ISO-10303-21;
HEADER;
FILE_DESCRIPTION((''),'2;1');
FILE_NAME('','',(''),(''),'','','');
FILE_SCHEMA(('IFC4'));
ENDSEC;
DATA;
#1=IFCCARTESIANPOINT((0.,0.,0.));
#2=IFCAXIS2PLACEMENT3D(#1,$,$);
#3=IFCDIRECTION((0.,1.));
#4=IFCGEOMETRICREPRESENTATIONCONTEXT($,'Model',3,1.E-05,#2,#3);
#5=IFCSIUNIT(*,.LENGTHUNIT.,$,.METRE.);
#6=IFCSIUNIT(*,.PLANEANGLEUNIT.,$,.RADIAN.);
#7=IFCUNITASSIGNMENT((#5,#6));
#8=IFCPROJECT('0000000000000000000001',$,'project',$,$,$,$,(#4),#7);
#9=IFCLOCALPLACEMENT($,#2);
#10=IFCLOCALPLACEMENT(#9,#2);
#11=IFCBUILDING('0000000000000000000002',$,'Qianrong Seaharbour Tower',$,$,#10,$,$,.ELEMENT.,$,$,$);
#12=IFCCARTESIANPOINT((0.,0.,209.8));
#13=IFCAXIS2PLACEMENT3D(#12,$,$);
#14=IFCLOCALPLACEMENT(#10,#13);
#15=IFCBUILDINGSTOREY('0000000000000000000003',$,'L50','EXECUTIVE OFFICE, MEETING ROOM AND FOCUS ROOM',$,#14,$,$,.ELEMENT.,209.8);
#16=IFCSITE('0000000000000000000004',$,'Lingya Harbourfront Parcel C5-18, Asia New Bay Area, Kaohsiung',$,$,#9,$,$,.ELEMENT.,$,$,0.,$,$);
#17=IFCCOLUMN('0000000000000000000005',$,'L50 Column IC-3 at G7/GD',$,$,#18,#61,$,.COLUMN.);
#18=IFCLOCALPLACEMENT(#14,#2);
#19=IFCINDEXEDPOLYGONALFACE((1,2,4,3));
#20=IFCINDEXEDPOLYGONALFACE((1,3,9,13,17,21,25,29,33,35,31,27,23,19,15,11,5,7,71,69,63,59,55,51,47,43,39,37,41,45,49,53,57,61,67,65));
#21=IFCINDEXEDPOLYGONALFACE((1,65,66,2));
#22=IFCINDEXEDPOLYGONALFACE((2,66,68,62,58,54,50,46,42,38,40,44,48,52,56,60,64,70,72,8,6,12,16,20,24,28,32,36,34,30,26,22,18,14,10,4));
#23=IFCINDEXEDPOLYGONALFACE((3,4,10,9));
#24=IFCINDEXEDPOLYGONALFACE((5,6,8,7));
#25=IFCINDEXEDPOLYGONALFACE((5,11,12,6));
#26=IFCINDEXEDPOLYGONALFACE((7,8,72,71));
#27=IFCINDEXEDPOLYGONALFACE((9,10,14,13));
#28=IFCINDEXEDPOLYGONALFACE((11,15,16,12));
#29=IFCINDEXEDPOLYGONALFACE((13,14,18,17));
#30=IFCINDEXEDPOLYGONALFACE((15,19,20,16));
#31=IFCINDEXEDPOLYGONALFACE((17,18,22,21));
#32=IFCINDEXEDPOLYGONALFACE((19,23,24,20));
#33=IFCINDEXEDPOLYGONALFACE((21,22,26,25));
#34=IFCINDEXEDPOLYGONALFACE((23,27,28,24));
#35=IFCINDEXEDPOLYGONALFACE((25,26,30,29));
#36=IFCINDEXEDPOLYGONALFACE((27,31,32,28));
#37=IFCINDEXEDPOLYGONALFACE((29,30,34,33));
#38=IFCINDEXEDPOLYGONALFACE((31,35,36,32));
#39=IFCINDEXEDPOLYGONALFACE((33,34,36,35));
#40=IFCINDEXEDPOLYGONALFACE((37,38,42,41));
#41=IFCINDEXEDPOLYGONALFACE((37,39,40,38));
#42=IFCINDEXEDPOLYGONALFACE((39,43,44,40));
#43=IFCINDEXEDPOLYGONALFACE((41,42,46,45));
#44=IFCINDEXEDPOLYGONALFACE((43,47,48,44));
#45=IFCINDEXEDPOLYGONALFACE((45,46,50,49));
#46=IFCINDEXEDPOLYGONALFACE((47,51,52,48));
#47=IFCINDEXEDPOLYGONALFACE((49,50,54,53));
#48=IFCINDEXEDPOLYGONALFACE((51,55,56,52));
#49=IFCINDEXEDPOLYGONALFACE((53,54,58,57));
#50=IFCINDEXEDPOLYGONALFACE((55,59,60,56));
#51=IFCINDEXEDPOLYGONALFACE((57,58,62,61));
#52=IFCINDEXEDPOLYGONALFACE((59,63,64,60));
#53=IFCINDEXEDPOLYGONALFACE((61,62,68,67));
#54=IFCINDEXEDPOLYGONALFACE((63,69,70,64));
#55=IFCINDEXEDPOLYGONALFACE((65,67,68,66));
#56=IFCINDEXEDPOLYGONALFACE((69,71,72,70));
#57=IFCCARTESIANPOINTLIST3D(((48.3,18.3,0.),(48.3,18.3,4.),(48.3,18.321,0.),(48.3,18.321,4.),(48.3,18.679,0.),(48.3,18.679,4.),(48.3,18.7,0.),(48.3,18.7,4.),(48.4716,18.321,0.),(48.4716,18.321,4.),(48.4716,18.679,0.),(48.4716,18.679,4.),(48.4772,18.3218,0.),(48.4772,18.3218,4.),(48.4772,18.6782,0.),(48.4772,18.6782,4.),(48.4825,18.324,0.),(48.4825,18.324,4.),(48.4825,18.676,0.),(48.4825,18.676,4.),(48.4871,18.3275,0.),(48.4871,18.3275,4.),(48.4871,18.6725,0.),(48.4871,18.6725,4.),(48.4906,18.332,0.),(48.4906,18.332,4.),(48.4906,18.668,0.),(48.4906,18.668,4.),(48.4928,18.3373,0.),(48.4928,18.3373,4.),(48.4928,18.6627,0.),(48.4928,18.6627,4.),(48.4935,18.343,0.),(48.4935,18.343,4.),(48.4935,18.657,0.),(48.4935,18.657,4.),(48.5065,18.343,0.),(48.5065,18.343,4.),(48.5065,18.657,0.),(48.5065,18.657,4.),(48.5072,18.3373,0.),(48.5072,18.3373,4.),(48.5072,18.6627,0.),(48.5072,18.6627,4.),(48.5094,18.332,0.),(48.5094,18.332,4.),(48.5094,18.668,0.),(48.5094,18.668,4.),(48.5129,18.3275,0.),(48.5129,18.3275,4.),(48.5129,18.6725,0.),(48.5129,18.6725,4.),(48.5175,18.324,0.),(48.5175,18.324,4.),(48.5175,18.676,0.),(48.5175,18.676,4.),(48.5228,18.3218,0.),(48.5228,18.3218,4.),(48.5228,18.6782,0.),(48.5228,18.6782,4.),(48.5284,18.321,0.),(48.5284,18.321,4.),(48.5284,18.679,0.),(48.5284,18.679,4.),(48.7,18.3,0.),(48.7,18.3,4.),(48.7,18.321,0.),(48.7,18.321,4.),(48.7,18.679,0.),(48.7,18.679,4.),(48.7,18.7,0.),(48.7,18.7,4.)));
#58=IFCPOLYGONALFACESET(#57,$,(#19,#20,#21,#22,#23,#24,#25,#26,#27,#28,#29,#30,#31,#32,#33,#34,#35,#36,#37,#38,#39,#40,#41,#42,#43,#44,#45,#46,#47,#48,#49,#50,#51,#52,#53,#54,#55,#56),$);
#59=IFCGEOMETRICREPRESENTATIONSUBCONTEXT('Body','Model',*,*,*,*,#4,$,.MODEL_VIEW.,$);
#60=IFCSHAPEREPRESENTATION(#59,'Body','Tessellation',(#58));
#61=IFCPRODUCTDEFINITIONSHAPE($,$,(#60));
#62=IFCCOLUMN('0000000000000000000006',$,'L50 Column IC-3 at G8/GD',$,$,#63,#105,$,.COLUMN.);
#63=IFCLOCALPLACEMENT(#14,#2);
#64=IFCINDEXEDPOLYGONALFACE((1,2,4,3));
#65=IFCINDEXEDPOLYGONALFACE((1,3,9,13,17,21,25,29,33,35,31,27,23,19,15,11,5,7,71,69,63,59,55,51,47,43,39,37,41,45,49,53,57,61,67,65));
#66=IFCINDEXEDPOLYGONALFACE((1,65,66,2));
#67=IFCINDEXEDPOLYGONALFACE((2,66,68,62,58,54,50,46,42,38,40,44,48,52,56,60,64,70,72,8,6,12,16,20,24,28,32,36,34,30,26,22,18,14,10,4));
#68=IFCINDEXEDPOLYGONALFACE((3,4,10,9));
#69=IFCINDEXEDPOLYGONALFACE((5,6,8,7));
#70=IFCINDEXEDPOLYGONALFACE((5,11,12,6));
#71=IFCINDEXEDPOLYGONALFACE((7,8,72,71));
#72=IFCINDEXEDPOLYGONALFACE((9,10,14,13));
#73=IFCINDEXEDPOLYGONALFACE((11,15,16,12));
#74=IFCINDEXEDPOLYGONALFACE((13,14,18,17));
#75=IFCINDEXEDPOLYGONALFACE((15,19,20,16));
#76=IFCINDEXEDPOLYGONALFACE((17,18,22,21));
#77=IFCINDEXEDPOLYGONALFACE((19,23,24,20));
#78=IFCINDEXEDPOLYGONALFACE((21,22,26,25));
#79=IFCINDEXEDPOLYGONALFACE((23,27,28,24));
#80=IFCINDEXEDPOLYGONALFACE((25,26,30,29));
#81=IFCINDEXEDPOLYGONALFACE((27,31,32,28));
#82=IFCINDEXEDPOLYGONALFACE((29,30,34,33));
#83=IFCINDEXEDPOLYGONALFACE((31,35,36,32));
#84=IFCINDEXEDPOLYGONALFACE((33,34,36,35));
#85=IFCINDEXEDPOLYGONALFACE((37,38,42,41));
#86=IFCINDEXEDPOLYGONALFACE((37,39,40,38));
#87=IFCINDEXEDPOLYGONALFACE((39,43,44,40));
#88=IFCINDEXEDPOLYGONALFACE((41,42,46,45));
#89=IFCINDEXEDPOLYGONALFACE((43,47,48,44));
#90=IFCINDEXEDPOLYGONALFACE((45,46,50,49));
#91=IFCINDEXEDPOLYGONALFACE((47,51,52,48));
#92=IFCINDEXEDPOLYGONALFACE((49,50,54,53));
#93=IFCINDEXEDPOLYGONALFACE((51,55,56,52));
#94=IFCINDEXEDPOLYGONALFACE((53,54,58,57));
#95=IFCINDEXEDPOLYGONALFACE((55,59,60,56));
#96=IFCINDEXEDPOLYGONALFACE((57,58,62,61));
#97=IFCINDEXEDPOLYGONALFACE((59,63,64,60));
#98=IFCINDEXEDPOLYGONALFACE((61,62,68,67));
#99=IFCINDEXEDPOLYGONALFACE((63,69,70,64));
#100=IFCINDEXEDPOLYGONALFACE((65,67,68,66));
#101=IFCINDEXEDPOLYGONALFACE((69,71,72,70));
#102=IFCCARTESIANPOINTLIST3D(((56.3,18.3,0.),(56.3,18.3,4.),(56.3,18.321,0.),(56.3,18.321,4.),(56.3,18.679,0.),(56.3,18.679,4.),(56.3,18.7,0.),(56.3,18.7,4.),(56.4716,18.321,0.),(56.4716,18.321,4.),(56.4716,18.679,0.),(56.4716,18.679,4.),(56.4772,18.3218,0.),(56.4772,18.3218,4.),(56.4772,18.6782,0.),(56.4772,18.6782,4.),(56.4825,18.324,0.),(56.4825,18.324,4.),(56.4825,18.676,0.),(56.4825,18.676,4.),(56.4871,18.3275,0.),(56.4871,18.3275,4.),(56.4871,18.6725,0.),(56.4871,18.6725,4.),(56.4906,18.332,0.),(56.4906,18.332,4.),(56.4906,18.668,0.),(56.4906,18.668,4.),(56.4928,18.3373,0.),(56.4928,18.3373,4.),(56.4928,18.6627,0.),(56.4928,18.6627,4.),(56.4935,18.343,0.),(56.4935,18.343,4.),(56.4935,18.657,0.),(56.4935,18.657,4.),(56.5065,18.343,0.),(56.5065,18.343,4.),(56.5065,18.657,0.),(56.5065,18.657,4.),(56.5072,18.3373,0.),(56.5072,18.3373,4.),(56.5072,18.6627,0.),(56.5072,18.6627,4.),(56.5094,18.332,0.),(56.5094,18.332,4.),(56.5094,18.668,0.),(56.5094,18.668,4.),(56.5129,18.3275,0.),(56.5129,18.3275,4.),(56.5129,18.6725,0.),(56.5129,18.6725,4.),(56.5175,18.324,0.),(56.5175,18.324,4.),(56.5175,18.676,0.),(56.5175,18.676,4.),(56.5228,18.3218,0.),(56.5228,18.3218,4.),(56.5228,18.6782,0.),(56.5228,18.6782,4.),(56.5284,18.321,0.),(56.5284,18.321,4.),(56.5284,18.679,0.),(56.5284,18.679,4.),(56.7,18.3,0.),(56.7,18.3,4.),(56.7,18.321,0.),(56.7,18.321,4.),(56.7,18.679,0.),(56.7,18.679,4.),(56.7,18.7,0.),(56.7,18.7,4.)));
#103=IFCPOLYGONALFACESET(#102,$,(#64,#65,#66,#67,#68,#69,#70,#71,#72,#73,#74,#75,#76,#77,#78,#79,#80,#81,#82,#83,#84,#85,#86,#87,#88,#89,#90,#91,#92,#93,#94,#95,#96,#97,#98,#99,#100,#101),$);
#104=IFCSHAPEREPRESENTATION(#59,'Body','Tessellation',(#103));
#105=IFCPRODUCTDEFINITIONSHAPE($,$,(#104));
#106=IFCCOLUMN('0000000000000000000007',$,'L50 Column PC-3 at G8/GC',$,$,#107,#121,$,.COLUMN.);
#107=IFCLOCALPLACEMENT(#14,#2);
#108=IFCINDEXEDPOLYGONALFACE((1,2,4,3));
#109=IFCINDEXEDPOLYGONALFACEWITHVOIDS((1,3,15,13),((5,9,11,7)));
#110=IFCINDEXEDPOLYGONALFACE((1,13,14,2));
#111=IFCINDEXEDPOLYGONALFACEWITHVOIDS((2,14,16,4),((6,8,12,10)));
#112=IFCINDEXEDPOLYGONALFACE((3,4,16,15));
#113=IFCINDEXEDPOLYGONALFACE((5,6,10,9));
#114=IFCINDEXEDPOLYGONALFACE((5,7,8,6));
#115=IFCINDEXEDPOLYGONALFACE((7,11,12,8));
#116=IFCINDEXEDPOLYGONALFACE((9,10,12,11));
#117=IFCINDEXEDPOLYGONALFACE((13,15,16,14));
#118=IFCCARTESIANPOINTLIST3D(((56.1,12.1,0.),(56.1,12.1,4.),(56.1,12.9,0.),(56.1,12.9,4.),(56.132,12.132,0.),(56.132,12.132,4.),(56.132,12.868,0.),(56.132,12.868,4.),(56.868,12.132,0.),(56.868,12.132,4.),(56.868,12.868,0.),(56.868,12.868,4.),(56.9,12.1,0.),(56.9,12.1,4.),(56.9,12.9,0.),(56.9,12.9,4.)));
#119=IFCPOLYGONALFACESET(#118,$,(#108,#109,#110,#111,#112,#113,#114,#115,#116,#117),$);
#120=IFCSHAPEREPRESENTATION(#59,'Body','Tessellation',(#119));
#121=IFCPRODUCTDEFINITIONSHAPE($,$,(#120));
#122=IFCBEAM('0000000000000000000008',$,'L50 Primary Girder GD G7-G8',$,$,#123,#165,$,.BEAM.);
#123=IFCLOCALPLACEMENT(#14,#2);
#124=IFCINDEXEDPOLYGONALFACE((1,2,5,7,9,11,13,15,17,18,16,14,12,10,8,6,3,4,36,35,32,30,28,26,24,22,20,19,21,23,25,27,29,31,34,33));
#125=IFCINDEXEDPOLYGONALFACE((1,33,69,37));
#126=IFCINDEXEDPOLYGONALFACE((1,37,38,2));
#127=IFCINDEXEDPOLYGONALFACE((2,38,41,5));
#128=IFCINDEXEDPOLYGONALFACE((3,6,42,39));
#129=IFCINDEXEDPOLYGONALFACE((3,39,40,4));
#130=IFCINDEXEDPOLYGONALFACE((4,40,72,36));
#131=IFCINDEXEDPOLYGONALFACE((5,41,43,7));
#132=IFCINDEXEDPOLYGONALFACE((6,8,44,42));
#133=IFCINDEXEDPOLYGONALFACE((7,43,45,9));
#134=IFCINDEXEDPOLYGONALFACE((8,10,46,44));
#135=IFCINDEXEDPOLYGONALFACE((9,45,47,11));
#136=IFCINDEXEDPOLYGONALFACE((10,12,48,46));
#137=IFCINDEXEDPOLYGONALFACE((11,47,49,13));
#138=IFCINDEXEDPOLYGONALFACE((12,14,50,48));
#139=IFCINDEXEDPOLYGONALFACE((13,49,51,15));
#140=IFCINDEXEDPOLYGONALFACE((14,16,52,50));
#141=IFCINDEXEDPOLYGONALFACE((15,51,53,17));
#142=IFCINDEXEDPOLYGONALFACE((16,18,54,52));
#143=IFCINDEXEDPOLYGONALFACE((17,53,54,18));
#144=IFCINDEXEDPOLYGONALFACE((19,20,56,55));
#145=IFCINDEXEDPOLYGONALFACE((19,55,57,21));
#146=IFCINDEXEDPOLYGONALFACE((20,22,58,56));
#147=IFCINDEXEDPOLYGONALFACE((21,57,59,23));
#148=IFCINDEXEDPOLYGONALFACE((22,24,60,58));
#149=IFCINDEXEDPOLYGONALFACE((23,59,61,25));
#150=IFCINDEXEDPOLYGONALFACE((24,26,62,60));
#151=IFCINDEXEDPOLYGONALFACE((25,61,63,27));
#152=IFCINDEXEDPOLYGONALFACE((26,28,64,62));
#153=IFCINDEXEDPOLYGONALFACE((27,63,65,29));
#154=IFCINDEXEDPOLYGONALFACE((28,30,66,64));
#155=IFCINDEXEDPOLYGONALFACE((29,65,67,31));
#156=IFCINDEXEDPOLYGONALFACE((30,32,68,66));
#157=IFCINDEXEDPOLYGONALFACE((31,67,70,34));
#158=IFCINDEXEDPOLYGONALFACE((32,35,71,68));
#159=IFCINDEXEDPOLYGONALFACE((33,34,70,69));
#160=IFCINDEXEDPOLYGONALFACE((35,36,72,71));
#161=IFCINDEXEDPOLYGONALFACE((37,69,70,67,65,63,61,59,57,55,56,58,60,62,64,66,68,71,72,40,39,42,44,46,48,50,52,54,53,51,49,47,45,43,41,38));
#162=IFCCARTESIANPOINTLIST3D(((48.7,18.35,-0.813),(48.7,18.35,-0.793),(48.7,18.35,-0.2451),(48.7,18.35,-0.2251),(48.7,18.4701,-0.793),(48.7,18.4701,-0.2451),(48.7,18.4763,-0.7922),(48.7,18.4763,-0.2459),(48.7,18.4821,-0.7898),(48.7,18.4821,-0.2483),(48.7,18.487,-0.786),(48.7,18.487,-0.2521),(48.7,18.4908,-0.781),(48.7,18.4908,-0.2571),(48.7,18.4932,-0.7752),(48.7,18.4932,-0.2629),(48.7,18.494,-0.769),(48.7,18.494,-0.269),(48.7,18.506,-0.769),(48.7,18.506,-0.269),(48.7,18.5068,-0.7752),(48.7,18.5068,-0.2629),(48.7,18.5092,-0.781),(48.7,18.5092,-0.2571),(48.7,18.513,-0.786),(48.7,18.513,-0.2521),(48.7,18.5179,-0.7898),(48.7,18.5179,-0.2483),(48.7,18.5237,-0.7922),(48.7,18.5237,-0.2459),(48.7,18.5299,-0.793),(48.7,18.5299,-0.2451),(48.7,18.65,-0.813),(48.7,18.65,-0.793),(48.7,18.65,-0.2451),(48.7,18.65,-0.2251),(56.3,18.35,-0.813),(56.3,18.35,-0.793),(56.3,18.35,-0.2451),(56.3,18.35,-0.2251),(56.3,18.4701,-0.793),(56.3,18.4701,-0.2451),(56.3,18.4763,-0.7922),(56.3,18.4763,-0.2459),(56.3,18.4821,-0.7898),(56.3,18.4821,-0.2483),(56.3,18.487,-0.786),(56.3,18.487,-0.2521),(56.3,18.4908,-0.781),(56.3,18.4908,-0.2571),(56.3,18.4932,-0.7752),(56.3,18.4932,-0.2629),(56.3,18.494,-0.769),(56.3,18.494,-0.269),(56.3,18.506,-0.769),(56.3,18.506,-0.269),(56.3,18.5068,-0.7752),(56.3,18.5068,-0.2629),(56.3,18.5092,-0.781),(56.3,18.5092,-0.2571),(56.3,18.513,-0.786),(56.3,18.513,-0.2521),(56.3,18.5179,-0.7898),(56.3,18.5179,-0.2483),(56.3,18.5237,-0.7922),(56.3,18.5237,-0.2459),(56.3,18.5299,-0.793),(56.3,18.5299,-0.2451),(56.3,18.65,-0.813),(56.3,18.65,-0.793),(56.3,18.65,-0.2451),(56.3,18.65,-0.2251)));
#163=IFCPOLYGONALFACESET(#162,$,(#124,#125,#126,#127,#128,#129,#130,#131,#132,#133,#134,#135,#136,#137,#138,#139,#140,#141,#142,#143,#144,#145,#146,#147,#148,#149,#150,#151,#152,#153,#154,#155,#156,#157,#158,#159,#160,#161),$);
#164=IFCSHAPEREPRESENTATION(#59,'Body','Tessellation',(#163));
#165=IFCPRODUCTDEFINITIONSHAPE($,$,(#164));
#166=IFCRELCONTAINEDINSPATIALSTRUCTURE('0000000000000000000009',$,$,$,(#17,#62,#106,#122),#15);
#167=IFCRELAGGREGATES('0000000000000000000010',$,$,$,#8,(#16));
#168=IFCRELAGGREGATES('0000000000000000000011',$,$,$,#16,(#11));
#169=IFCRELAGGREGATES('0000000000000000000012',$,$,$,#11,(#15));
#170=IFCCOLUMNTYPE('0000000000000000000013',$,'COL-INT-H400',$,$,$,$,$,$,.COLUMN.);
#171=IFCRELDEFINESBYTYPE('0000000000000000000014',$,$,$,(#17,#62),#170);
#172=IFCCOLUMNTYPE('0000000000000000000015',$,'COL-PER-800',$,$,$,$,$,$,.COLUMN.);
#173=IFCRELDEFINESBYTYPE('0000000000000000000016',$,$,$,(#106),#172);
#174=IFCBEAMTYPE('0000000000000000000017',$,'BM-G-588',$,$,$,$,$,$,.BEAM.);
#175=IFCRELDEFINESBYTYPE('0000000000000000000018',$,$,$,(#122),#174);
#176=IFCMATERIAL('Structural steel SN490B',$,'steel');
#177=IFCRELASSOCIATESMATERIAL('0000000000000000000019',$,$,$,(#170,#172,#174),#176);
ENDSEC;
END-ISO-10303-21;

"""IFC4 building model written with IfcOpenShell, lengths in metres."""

from ifc_helpers import new_model, si_unit, direction, frame, origin, origin_2d, place, context, subcontext, project, spatial, hollow_rectangle, i_section, extrude, material, material_profile, profile_set, type_object, element, save


model = new_model("IFC4")

# Units and contexts
model_context = context("Model", 3, precision=1e-05, world=origin(), true_north=direction((0.0, 1.0)))
body_context = subcontext(model_context, "Body", "Model", "MODEL_VIEW")
ifc_project = project(units=[si_unit("LENGTHUNIT", "METRE"), si_unit("PLANEANGLEUNIT", "RADIAN")], contexts=[model_context])

# Site, building, storey
site_placement = place(None, origin())
site = spatial("IfcSite", under=ifc_project, at=site_placement, Name="Lingya Harbourfront Parcel C5-18, Asia New Bay Area, Kaohsiung", CompositionType="ELEMENT", RefElevation=0.0)
building_placement = place(site_placement, origin())
building = spatial("IfcBuilding", under=site, at=building_placement, Name="Qianrong Seaharbour Tower", CompositionType="ELEMENT")
storey_placement = place(building_placement, frame((0.0, 0.0, 209.8)))
storey = spatial("IfcBuildingStorey", under=building, at=storey_placement, Name="L50", Description="EXECUTIVE OFFICE, MEETING ROOM AND FOCUS ROOM", CompositionType="ELEMENT", Elevation=209.8)

# Columns
ifc_material_1 = material(Name="Structural steel SN490B", Category="steel")
ifc_material_profile_1 = material_profile(ifc_material_1, i_section(OverallWidth=0.3999, OverallDepth=0.3999, WebThickness=0.0129, FlangeThickness=0.021, FilletRadius=0.022, at=origin_2d()), Name="H400x400x13x21")
ifc_profile_set_1 = profile_set([ifc_material_profile_1], Name="Structural steel SN490B")
column_type_1 = type_object("IfcColumnType", Name="COL-INT-H400", PredefinedType="COLUMN", material=ifc_profile_set_1)
for number, where, z_axis, x_axis, name in (
    (1, (48.5, 18.5, 0.0), (0.0, 0.0, 1.0), (1.0, 0.0, 0.0), "L50 Column IC-3 at G7/GD"),
    (2, (56.5, 18.5, 0.0), (0.0, 0.0, 1.0), (1.0, 0.0, 0.0), "L50 Column IC-3 at G8/GD"),
):
    element("IfcColumn", number, at=place(storey_placement, frame(where, z_axis=z_axis, x_axis=x_axis)), inside=storey, type_object=column_type_1, Name=name, PredefinedType="COLUMN", context=body_context, shape_type="SweptSolid", body=[
        extrude(i_section(OverallWidth=0.3999, OverallDepth=0.3999, WebThickness=0.0129, FlangeThickness=0.021, FilletRadius=0.022, at=origin_2d()), origin(), (0.0, 0.0, 1.0), 4.0),
    ])
ifc_material_profile_2 = material_profile(ifc_material_1, hollow_rectangle(XDim=0.8, YDim=0.8, WallThickness=0.032, at=origin_2d()), Name="BOX800x800x32")
ifc_profile_set_2 = profile_set([ifc_material_profile_2], Name="Structural steel SN490B")
column_type_2 = type_object("IfcColumnType", Name="COL-PER-800", PredefinedType="COLUMN", material=ifc_profile_set_2)
column_placement = place(storey_placement, frame((56.5, 12.5, 0.0), z_axis=(0.0, 0.0, 1.0), x_axis=(1.0, 0.0, 0.0)))
element("IfcColumn", 3, at=column_placement, inside=storey, type_object=column_type_2, Name="L50 Column PC-3 at G8/GC", PredefinedType="COLUMN", context=body_context, shape_type="SweptSolid", body=[
    extrude(hollow_rectangle(XDim=0.8, YDim=0.8, WallThickness=0.032, at=origin_2d()), origin(), (0.0, 0.0, 1.0), 4.0),
])

# Beam
ifc_material_profile_3 = material_profile(ifc_material_1, i_section(OverallWidth=0.3, OverallDepth=0.5879, WebThickness=0.012, FlangeThickness=0.02, FilletRadius=0.0239, at=origin_2d()), Name="H588x300x12x20")
ifc_profile_set_3 = profile_set([ifc_material_profile_3], Name="Structural steel SN490B")
beam_type_1 = type_object("IfcBeamType", Name="BM-G-588", PredefinedType="BEAM", material=ifc_profile_set_3)
beam_1_placement = place(storey_placement, frame((48.7, 18.5, -0.519), z_axis=(1.0, 0.0, 0.0), x_axis=(0.0, 1.0, 0.0)))
element("IfcBeam", 4, at=beam_1_placement, inside=storey, type_object=beam_type_1, Name="L50 Primary Girder GD G7-G8", PredefinedType="BEAM", context=body_context, shape_type="SweptSolid", body=[
    extrude(i_section(OverallWidth=0.3, OverallDepth=0.5879, WebThickness=0.012, FlangeThickness=0.02, FilletRadius=0.0239, at=origin_2d()), origin(), (0.0, 0.0, 1.0), 7.6001),
])

save(model, "model.ifc")
